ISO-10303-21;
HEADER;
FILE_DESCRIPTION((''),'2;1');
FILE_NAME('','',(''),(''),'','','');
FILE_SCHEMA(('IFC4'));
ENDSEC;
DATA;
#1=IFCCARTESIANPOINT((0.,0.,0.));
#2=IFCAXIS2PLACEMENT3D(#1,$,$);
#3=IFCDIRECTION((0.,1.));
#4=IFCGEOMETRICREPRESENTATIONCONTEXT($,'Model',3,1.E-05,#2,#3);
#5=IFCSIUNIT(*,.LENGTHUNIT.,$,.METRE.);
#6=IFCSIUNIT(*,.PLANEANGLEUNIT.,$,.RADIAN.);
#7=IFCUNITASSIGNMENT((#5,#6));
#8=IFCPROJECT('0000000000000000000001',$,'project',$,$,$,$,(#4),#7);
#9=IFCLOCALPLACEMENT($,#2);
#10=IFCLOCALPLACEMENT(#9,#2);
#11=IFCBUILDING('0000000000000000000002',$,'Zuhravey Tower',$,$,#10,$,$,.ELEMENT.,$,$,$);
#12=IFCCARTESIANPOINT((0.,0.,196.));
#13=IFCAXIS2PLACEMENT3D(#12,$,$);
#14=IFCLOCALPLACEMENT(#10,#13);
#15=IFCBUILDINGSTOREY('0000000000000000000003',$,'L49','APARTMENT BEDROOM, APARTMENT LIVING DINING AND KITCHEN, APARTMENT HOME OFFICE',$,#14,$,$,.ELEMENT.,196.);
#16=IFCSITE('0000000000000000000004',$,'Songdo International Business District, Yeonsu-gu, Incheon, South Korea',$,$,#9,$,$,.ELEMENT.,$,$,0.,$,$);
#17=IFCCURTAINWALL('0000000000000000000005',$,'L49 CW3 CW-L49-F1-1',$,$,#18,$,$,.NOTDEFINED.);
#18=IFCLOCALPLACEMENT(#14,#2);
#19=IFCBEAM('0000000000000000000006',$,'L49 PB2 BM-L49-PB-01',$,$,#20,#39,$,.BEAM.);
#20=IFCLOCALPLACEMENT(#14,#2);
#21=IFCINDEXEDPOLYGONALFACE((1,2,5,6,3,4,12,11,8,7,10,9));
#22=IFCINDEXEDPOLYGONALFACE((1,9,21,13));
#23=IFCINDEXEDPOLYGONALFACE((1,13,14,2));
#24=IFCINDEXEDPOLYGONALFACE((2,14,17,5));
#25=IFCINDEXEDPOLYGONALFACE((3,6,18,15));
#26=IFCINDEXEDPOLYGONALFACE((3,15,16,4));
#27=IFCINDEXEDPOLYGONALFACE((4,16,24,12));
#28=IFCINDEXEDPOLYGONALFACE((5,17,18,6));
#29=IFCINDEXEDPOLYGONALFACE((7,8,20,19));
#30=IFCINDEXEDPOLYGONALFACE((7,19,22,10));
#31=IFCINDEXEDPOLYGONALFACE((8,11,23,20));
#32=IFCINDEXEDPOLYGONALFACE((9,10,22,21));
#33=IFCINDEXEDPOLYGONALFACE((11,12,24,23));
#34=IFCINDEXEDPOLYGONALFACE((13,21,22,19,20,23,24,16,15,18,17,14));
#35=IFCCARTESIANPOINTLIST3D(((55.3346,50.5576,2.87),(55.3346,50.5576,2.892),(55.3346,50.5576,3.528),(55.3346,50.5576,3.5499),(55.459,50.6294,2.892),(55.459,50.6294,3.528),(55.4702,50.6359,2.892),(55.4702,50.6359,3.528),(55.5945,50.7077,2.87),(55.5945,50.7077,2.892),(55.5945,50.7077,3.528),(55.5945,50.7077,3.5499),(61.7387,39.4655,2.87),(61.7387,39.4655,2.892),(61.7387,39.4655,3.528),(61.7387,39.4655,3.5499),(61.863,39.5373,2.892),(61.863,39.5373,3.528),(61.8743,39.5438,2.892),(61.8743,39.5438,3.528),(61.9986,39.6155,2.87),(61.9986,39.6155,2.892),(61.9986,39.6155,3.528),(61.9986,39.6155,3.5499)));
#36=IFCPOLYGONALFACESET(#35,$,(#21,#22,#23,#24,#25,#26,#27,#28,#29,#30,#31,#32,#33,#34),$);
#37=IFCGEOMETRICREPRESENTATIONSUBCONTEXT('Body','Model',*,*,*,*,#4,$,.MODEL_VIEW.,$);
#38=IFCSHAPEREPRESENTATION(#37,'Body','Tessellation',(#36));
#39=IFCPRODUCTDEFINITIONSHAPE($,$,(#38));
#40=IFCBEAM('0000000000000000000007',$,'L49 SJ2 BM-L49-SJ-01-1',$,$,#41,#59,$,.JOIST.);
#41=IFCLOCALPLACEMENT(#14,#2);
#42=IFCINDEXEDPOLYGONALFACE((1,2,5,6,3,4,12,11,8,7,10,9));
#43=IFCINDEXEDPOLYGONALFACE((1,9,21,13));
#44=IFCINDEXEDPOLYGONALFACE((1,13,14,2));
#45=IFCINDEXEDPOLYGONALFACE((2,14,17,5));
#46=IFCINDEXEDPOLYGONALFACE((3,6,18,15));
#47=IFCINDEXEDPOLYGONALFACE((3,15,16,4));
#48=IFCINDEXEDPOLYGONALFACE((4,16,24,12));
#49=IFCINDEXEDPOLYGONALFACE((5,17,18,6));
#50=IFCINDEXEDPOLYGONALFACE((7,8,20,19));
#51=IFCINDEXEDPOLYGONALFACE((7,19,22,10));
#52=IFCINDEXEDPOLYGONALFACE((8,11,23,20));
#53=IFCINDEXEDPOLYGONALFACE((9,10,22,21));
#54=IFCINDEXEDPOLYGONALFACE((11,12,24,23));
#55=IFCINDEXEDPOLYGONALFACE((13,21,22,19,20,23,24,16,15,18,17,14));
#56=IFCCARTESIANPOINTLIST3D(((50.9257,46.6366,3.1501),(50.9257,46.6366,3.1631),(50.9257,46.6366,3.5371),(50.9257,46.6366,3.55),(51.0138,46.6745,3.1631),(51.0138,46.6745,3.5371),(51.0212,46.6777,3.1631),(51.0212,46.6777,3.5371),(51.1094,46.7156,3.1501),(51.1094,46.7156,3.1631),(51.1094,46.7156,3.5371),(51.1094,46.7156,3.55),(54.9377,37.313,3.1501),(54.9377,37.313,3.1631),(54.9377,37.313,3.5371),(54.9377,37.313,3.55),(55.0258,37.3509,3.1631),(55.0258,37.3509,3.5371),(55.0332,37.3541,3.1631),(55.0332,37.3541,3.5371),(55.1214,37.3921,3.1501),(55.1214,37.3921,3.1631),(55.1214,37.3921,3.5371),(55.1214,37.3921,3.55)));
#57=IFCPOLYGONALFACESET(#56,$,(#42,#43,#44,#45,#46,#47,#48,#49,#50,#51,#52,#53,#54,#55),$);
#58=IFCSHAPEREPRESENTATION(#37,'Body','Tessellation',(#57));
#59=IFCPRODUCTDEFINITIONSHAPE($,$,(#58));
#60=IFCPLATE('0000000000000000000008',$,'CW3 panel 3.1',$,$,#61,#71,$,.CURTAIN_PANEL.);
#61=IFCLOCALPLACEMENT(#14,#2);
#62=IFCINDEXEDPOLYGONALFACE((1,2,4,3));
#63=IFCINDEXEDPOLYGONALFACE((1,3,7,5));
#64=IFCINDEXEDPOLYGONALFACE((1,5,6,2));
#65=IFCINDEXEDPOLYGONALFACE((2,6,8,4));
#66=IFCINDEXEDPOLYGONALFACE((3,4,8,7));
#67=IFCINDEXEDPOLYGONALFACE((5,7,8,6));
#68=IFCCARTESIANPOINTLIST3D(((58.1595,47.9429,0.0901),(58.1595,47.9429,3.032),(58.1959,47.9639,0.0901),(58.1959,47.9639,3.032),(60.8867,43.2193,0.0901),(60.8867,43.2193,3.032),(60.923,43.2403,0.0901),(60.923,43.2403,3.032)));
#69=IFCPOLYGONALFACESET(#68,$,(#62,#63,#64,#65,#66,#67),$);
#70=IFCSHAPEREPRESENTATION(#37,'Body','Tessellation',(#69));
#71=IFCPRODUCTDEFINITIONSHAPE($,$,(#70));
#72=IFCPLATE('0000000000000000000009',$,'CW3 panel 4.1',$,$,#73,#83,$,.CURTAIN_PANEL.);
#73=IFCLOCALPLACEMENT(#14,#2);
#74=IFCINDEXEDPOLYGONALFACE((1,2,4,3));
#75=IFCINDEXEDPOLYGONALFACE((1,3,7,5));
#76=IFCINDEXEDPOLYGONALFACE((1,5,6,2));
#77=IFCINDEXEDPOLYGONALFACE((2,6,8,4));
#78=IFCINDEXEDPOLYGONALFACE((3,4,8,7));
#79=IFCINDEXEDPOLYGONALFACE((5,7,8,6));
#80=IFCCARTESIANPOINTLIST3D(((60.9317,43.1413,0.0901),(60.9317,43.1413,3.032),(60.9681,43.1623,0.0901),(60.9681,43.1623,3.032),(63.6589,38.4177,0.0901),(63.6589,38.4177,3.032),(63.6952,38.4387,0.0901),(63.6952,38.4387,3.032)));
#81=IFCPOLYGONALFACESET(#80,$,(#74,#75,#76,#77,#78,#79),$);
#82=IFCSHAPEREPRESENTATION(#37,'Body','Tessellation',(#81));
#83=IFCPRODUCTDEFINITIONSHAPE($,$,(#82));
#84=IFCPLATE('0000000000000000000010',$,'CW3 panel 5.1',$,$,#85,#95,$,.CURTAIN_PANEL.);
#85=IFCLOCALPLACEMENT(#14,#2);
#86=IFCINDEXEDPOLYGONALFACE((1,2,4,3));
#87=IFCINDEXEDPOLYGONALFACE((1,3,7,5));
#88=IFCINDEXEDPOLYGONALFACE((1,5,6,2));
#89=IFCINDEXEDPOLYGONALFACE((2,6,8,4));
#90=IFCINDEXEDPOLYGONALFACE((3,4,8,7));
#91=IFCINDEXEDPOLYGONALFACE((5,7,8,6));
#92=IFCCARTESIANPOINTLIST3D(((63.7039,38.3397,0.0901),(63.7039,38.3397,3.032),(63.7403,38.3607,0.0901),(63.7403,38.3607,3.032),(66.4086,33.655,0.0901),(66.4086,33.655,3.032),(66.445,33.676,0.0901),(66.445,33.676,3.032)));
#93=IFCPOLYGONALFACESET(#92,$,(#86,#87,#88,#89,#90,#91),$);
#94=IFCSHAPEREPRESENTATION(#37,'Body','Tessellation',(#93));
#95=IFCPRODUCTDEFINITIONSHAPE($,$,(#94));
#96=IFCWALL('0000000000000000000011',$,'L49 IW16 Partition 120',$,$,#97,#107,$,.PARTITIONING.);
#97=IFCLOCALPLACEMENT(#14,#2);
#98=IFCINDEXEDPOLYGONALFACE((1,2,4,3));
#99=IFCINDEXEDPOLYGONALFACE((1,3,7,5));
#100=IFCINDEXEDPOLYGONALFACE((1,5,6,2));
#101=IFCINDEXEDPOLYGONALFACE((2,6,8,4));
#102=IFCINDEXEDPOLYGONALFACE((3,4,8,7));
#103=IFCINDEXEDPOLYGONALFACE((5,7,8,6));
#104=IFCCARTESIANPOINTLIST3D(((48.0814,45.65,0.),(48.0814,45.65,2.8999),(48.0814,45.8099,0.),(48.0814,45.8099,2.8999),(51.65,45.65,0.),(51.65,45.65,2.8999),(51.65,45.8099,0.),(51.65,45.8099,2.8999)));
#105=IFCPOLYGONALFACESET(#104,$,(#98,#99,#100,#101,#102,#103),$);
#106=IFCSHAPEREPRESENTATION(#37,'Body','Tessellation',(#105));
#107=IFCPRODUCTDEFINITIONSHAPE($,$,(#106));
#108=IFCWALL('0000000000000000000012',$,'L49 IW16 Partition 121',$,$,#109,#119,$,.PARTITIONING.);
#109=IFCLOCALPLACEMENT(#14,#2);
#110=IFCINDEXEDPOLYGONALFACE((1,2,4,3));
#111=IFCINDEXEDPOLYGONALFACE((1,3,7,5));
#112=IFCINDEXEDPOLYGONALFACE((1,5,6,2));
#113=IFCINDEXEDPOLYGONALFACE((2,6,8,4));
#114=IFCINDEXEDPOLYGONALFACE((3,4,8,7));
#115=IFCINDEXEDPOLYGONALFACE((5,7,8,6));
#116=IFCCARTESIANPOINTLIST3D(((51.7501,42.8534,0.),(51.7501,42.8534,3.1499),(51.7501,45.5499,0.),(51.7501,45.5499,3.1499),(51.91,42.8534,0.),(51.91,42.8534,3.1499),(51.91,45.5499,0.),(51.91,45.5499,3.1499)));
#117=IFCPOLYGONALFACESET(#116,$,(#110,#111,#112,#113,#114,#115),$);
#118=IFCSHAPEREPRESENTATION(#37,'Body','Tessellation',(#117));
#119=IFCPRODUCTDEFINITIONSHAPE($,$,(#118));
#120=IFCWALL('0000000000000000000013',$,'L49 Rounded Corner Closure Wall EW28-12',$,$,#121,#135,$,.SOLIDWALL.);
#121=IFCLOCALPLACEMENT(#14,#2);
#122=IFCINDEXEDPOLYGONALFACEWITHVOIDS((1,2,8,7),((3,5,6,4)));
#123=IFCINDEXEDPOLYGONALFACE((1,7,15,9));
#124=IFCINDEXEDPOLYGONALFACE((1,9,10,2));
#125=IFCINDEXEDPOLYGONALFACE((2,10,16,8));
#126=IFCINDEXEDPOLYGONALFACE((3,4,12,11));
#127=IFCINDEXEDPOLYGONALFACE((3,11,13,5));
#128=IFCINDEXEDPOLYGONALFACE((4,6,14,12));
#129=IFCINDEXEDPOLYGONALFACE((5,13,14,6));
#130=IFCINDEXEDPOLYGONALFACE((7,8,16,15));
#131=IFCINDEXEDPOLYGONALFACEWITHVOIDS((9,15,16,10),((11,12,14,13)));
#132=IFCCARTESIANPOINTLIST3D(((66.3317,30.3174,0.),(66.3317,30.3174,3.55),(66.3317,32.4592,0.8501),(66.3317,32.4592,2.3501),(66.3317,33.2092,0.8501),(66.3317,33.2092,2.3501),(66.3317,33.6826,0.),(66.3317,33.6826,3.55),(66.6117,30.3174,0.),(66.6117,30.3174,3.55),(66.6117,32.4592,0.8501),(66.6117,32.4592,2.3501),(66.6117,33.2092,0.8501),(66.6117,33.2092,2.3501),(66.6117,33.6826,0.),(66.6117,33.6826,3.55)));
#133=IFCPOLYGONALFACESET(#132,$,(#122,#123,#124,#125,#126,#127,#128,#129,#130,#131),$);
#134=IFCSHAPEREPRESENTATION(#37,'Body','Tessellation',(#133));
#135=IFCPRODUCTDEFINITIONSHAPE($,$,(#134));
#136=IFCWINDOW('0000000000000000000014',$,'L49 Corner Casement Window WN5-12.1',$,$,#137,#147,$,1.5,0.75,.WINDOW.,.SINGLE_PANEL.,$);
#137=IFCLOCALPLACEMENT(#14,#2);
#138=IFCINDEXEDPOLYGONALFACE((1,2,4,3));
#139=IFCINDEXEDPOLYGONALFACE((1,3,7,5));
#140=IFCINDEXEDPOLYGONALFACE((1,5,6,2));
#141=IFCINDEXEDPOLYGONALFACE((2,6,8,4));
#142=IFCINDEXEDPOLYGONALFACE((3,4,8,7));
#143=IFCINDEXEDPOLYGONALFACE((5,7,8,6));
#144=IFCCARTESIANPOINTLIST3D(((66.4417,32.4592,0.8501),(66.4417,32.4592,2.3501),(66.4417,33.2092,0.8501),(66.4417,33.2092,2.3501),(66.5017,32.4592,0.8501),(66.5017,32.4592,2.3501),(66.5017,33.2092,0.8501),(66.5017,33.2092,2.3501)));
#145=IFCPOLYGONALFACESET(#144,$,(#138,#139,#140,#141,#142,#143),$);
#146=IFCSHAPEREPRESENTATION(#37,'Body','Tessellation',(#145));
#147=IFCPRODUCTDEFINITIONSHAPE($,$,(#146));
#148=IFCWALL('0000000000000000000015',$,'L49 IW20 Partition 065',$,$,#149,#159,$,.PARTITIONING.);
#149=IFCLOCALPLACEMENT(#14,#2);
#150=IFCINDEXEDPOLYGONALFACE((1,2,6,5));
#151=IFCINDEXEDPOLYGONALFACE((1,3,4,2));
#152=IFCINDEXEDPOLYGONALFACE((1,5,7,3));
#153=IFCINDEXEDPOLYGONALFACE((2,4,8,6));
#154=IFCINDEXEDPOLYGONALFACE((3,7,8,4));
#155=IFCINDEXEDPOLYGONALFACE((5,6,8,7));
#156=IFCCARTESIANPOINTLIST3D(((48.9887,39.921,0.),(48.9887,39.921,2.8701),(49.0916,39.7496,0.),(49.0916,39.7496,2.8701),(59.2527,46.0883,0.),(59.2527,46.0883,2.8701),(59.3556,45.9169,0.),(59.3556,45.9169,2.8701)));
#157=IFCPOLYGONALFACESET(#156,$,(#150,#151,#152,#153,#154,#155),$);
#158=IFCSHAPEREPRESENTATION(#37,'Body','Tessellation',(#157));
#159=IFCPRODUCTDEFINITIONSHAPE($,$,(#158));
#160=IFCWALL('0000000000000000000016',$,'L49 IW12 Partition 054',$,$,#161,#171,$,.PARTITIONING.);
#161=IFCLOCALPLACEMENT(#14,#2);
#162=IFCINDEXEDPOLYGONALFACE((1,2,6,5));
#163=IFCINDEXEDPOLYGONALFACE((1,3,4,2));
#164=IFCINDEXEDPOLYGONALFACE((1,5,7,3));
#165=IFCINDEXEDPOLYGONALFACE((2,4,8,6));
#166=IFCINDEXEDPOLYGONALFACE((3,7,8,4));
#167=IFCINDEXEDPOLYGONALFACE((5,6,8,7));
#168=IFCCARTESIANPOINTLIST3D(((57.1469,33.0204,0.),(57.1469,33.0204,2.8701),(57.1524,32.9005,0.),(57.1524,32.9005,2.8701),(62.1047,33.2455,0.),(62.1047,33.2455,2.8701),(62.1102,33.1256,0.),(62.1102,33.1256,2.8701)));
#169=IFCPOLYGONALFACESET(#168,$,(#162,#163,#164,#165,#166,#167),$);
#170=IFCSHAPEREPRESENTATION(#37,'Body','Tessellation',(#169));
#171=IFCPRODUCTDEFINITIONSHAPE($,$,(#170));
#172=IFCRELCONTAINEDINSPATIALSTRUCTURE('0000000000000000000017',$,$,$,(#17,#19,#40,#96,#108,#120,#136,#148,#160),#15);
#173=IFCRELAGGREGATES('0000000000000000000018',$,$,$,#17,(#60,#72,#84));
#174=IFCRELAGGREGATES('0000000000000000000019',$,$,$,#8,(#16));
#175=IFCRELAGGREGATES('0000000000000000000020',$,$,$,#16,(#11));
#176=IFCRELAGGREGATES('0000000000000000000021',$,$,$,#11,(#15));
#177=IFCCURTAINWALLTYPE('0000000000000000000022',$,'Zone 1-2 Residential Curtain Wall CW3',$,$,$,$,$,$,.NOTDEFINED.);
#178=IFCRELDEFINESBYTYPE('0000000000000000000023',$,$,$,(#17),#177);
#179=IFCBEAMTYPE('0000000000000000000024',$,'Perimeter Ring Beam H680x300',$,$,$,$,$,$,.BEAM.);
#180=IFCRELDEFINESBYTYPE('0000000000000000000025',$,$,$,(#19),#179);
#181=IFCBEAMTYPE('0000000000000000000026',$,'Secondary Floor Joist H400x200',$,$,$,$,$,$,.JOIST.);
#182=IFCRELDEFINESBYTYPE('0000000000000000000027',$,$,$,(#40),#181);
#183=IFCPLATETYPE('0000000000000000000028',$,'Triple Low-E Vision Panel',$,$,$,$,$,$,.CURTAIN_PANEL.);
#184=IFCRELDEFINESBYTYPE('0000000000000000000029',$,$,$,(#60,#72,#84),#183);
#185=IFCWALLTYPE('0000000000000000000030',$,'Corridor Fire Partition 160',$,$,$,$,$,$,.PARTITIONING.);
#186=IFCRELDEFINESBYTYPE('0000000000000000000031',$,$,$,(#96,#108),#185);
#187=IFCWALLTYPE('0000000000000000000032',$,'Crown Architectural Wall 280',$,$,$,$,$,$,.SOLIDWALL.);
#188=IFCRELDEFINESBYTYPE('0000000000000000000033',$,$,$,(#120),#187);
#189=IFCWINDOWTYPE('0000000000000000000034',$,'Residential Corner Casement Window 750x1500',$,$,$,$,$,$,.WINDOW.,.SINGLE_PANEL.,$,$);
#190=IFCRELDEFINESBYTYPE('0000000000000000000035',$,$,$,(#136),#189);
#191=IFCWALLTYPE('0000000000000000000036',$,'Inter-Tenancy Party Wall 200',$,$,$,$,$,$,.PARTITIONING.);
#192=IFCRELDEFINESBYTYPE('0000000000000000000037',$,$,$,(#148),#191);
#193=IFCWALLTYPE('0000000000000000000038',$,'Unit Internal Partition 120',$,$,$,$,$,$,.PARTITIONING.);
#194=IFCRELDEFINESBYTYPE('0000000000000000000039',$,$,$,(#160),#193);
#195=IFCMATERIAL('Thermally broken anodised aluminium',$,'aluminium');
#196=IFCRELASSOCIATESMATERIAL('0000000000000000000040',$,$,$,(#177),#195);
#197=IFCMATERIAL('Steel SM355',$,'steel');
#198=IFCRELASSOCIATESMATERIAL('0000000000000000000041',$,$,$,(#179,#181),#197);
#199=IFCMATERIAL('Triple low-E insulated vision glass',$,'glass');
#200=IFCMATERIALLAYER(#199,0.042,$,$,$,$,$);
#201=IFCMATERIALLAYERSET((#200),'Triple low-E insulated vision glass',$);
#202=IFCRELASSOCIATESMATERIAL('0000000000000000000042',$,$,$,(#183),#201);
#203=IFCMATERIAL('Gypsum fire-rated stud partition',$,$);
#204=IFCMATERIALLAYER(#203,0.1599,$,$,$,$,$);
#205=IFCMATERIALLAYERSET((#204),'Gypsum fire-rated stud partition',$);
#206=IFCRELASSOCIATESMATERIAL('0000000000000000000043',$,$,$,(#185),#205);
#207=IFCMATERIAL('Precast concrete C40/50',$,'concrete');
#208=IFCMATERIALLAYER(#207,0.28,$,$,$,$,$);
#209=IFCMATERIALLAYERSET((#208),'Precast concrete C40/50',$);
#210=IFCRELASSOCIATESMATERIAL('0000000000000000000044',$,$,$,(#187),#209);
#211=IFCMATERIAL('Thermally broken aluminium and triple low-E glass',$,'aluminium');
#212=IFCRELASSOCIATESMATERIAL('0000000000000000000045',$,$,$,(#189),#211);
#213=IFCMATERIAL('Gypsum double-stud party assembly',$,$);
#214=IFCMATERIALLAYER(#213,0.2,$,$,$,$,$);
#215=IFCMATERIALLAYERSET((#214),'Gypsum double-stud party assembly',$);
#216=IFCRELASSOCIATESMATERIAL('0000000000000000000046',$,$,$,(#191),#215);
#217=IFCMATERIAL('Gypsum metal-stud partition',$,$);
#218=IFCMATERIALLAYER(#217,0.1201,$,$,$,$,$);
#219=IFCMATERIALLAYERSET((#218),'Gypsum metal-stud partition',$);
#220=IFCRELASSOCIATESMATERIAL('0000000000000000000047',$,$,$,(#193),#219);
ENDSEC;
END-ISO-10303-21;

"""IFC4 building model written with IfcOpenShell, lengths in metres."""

from ifc_helpers import new_model, si_unit, direction, frame, frame_2d, origin, origin_2d, place, context, subcontext, project, spatial, rectangle, i_section, extrude, material, layer, layer_set, material_profile, profile_set, type_object, element, fill, aggregate, save


model = new_model("IFC4")

# Units and contexts
model_context = context("Model", 3, precision=1e-05, world=origin(), true_north=direction((0.0, 1.0)))
body_context = subcontext(model_context, "Body", "Model", "MODEL_VIEW")
ifc_project = project(units=[si_unit("LENGTHUNIT", "METRE"), si_unit("PLANEANGLEUNIT", "RADIAN")], contexts=[model_context])

# Site, building, storey
site_placement = place(None, origin())
site = spatial("IfcSite", under=ifc_project, at=site_placement, Name="Songdo International Business District, Yeonsu-gu, Incheon, South Korea", CompositionType="ELEMENT", RefElevation=0.0)
building_placement = place(site_placement, origin())
building = spatial("IfcBuilding", under=site, at=building_placement, Name="Zuhravey Tower", CompositionType="ELEMENT")
storey_placement = place(building_placement, frame((0.0, 0.0, 196.0)))
storey = spatial("IfcBuildingStorey", under=building, at=storey_placement, Name="L49", Description="APARTMENT BEDROOM, APARTMENT LIVING DINING AND KITCHEN, APARTMENT HOME OFFICE", CompositionType="ELEMENT", Elevation=196.0)

# Curtain wall
ifc_material_1 = material(Name="Thermally broken anodised aluminium", Category="aluminium")
curtain_wall_type = type_object("IfcCurtainWallType", Name="Zone 1-2 Residential Curtain Wall CW3", PredefinedType="NOTDEFINED", material=ifc_material_1)
curtain_wall_placement = place(storey_placement, origin())
curtain_wall = element("IfcCurtainWall", 1, at=curtain_wall_placement, inside=storey, type_object=curtain_wall_type, Name="L49 CW3 CW-L49-F1-1", PredefinedType="NOTDEFINED")

# Beams
ifc_material_2 = material(Name="Steel SM355", Category="steel")
ifc_material_profile_1 = material_profile(ifc_material_2, i_section(OverallWidth=0.3, OverallDepth=0.6799, WebThickness=0.0129, FlangeThickness=0.022, at=origin_2d()), Name="H-680x300x13x22")
ifc_profile_set_1 = profile_set([ifc_material_profile_1], Name="Steel SM355")
beam_type_1 = type_object("IfcBeamType", Name="Perimeter Ring Beam H680x300", PredefinedType="BEAM", material=ifc_profile_set_1)
beam_1_placement = place(storey_placement, frame((61.8687, 39.5405, 3.21), z_axis=(-0.500004, 0.866023, 0.0), x_axis=(-0.866023, -0.500004, 0.0)))
element("IfcBeam", 2, at=beam_1_placement, inside=storey, type_object=beam_type_1, Name="L49 PB2 BM-L49-PB-01", PredefinedType="BEAM", context=body_context, shape_type="SweptSolid", body=[
    extrude(i_section(OverallWidth=0.3, OverallDepth=0.6799, WebThickness=0.0129, FlangeThickness=0.022, at=origin_2d()), origin(), (0.0, 0.0, 1.0), 12.8081),
])
ifc_material_profile_2 = material_profile(ifc_material_2, i_section(OverallWidth=0.2, OverallDepth=0.3999, WebThickness=0.0081, FlangeThickness=0.0129, at=origin_2d()), Name="H-400x200x8x13")
ifc_profile_set_2 = profile_set([ifc_material_profile_2], Name="Steel SM355")
beam_type_2 = type_object("IfcBeamType", Name="Secondary Floor Joist H400x200", PredefinedType="JOIST", material=ifc_profile_set_2)
beam_2_placement = place(storey_placement, frame((55.0295, 37.3525, 3.3501), z_axis=(-0.395266, 0.918567, 0.0), x_axis=(-0.918567, -0.395266, 0.0)))
element("IfcBeam", 3, at=beam_2_placement, inside=storey, type_object=beam_type_2, Name="L49 SJ2 BM-L49-SJ-01-1", PredefinedType="JOIST", context=body_context, shape_type="SweptSolid", body=[
    extrude(i_section(OverallWidth=0.2, OverallDepth=0.3999, WebThickness=0.0081, FlangeThickness=0.0129, at=origin_2d()), origin(), (0.0, 0.0, 1.0), 10.1501),
])

# Plates
ifc_material_3 = material(Name="Triple low-E insulated vision glass", Category="glass")
ifc_layer_1 = layer(ifc_material_3, 0.042)
ifc_layer_set_1 = layer_set([ifc_layer_1], Name="Triple low-E insulated vision glass")
plate_type = type_object("IfcPlateType", Name="Triple Low-E Vision Panel", PredefinedType="CURTAIN_PANEL", material=ifc_layer_set_1)
plate_1_placement = place(storey_placement, frame((59.5413, 45.5916, 0.0901), z_axis=(0.0, 0.0, 1.0), x_axis=(0.5, -0.866025, 0.0)))
plate_1 = element("IfcPlate", 4, at=plate_1_placement, type_object=plate_type, Name="CW3 panel 3.1", PredefinedType="CURTAIN_PANEL", context=body_context, shape_type="SweptSolid", body=[
    extrude(rectangle(XDim=5.4543, YDim=0.042, at=origin_2d()), origin(), (0.0, 0.0, 1.0), 2.9419),
])
plate_2_placement = place(storey_placement, frame((62.3135, 40.79, 0.0901), z_axis=(0.0, 0.0, 1.0), x_axis=(0.5, -0.866025, 0.0)))
plate_2 = element("IfcPlate", 5, at=plate_2_placement, type_object=plate_type, Name="CW3 panel 4.1", PredefinedType="CURTAIN_PANEL", context=body_context, shape_type="SweptSolid", body=[
    extrude(rectangle(XDim=5.4543, YDim=0.042, at=origin_2d()), origin(), (0.0, 0.0, 1.0), 2.9419),
])
plate_3_placement = place(storey_placement, frame((65.0745, 36.0078, 0.0901), z_axis=(0.0, 0.0, 1.0), x_axis=(0.5, -0.866025, 0.0)))
plate_3 = element("IfcPlate", 6, at=plate_3_placement, type_object=plate_type, Name="CW3 panel 5.1", PredefinedType="CURTAIN_PANEL", context=body_context, shape_type="SweptSolid", body=[
    extrude(rectangle(XDim=5.4094, YDim=0.042, at=origin_2d()), origin(), (0.0, 0.0, 1.0), 2.9419),
])
aggregate(curtain_wall, [plate_1, plate_2, plate_3])

# Walls
ifc_material_4 = material(Name="Gypsum fire-rated stud partition")
ifc_layer_2 = layer(ifc_material_4, 0.1599)
ifc_layer_set_2 = layer_set([ifc_layer_2], Name="Gypsum fire-rated stud partition")
wall_type_1 = type_object("IfcWallType", Name="Corridor Fire Partition 160", PredefinedType="PARTITIONING", material=ifc_layer_set_2)
wall_1_placement = place(storey_placement, frame((51.6499, 45.73, 0.0), z_axis=(0.0, 0.0, 1.0), x_axis=(-1.0, 0.0, 0.0)))
element("IfcWall", 7, at=wall_1_placement, inside=storey, type_object=wall_type_1, Name="L49 IW16 Partition 120", PredefinedType="PARTITIONING", context=body_context, shape_type="SweptSolid", body=[
    extrude(rectangle(XDim=3.5686, YDim=0.1599, at=frame_2d((1.7842, 0.0))), origin(), (0.0, 0.0, 1.0), 2.8999),
])
wall_2_placement = place(storey_placement, frame((51.8301, 42.8535, 0.0), z_axis=(0.0, 0.0, 1.0), x_axis=(0.0, 1.0, 0.0)))
element("IfcWall", 8, at=wall_2_placement, inside=storey, type_object=wall_type_1, Name="L49 IW16 Partition 121", PredefinedType="PARTITIONING", context=body_context, shape_type="SweptSolid", body=[
    extrude(rectangle(XDim=2.6965, YDim=0.1599, at=frame_2d((1.3481, 0.0))), origin(), (0.0, 0.0, 1.0), 3.1499),
])

# Wall, opening, window
ifc_material_5 = material(Name="Precast concrete C40/50", Category="concrete")
ifc_layer_3 = layer(ifc_material_5, 0.28)
ifc_layer_set_3 = layer_set([ifc_layer_3], Name="Precast concrete C40/50")
wall_type_2 = type_object("IfcWallType", Name="Crown Architectural Wall 280", PredefinedType="SOLIDWALL", material=ifc_layer_set_3)
wall_3_placement = place(storey_placement, frame((66.4717, 33.6826, 0.0), z_axis=(0.0, 0.0, 1.0), x_axis=(0.0, -1.0, 0.0)))
wall_3 = element("IfcWall", 9, at=wall_3_placement, inside=storey, type_object=wall_type_2, Name="L49 Rounded Corner Closure Wall EW28-12", PredefinedType="SOLIDWALL", context=body_context, shape_type="SweptSolid", body=[
    extrude(rectangle(XDim=3.3652, YDim=0.28, at=frame_2d((1.6826, 0.0))), origin(), (0.0, 0.0, 1.0), 3.55),
])
opening_placement = place(wall_3_placement, frame((0.4734, 0.0, 0.8501)))
opening = element("IfcOpeningElement", 10, at=opening_placement, cuts=wall_3, PredefinedType="OPENING", context=body_context, shape_type="SweptSolid", body=[
    extrude(rectangle(XDim=0.75, YDim=1.5, at=frame_2d((0.375, 0.75))), frame((0.0, 0.1521, 0.0), z_axis=(0.0, -1.0, 0.0), x_axis=(1.0, 0.0, 0.0)), (0.0, 0.0, 1.0), 0.304),
])
ifc_material_6 = material(Name="Thermally broken aluminium and triple low-E glass", Category="aluminium")
window_type = type_object("IfcWindowType", Name="Residential Corner Casement Window 750x1500", PartitioningType="SINGLE_PANEL", PredefinedType="WINDOW", material=ifc_material_6)
window_placement = place(opening_placement, origin())
window = element("IfcWindow", 11, at=window_placement, inside=storey, type_object=window_type, Name="L49 Corner Casement Window WN5-12.1", OverallHeight=1.5, OverallWidth=0.75, PartitioningType="SINGLE_PANEL", PredefinedType="WINDOW", context=body_context, shape_type="SweptSolid", body=[
    extrude(rectangle(XDim=0.75, YDim=1.5, at=frame_2d((0.375, 0.75))), frame((0.0, 0.03, 0.0), z_axis=(0.0, -1.0, 0.0), x_axis=(1.0, 0.0, 0.0)), (0.0, 0.0, 1.0), 0.0601),
])
fill(opening, window)

# Walls
ifc_material_7 = material(Name="Gypsum double-stud party assembly")
ifc_layer_4 = layer(ifc_material_7, 0.2)
ifc_layer_set_4 = layer_set([ifc_layer_4], Name="Gypsum double-stud party assembly")
wall_type_3 = type_object("IfcWallType", Name="Inter-Tenancy Party Wall 200", PredefinedType="PARTITIONING", material=ifc_layer_set_4)
wall_4_placement = place(storey_placement, frame((49.04, 39.8352, 0.0), z_axis=(0.0, 0.0, 1.0), x_axis=(0.857165, 0.515041, 0.0)))
element("IfcWall", 12, at=wall_4_placement, inside=storey, type_object=wall_type_3, Name="L49 IW20 Partition 065", PredefinedType="PARTITIONING", context=body_context, shape_type="SweptSolid", body=[
    extrude(rectangle(XDim=11.9744, YDim=0.2, at=frame_2d((5.9873, 0.0))), origin(), (0.0, 0.0, 1.0), 2.8701),
])
ifc_material_8 = material(Name="Gypsum metal-stud partition")
ifc_layer_5 = layer(ifc_material_8, 0.1201)
ifc_layer_set_5 = layer_set([ifc_layer_5], Name="Gypsum metal-stud partition")
wall_type_4 = type_object("IfcWallType", Name="Unit Internal Partition 120", PredefinedType="PARTITIONING", material=ifc_layer_set_5)
wall_5_placement = place(storey_placement, frame((57.1497, 32.9604, 0.0), z_axis=(0.0, 0.0, 1.0), x_axis=(0.998971, 0.045356, 0.0)))
element("IfcWall", 13, at=wall_5_placement, inside=storey, type_object=wall_type_4, Name="L49 IW12 Partition 054", PredefinedType="PARTITIONING", context=body_context, shape_type="SweptSolid", body=[
    extrude(rectangle(XDim=4.9629, YDim=0.1201, at=frame_2d((2.4814, 0.0))), origin(), (0.0, 0.0, 1.0), 2.8701),
])

save(model, "model.ifc")
